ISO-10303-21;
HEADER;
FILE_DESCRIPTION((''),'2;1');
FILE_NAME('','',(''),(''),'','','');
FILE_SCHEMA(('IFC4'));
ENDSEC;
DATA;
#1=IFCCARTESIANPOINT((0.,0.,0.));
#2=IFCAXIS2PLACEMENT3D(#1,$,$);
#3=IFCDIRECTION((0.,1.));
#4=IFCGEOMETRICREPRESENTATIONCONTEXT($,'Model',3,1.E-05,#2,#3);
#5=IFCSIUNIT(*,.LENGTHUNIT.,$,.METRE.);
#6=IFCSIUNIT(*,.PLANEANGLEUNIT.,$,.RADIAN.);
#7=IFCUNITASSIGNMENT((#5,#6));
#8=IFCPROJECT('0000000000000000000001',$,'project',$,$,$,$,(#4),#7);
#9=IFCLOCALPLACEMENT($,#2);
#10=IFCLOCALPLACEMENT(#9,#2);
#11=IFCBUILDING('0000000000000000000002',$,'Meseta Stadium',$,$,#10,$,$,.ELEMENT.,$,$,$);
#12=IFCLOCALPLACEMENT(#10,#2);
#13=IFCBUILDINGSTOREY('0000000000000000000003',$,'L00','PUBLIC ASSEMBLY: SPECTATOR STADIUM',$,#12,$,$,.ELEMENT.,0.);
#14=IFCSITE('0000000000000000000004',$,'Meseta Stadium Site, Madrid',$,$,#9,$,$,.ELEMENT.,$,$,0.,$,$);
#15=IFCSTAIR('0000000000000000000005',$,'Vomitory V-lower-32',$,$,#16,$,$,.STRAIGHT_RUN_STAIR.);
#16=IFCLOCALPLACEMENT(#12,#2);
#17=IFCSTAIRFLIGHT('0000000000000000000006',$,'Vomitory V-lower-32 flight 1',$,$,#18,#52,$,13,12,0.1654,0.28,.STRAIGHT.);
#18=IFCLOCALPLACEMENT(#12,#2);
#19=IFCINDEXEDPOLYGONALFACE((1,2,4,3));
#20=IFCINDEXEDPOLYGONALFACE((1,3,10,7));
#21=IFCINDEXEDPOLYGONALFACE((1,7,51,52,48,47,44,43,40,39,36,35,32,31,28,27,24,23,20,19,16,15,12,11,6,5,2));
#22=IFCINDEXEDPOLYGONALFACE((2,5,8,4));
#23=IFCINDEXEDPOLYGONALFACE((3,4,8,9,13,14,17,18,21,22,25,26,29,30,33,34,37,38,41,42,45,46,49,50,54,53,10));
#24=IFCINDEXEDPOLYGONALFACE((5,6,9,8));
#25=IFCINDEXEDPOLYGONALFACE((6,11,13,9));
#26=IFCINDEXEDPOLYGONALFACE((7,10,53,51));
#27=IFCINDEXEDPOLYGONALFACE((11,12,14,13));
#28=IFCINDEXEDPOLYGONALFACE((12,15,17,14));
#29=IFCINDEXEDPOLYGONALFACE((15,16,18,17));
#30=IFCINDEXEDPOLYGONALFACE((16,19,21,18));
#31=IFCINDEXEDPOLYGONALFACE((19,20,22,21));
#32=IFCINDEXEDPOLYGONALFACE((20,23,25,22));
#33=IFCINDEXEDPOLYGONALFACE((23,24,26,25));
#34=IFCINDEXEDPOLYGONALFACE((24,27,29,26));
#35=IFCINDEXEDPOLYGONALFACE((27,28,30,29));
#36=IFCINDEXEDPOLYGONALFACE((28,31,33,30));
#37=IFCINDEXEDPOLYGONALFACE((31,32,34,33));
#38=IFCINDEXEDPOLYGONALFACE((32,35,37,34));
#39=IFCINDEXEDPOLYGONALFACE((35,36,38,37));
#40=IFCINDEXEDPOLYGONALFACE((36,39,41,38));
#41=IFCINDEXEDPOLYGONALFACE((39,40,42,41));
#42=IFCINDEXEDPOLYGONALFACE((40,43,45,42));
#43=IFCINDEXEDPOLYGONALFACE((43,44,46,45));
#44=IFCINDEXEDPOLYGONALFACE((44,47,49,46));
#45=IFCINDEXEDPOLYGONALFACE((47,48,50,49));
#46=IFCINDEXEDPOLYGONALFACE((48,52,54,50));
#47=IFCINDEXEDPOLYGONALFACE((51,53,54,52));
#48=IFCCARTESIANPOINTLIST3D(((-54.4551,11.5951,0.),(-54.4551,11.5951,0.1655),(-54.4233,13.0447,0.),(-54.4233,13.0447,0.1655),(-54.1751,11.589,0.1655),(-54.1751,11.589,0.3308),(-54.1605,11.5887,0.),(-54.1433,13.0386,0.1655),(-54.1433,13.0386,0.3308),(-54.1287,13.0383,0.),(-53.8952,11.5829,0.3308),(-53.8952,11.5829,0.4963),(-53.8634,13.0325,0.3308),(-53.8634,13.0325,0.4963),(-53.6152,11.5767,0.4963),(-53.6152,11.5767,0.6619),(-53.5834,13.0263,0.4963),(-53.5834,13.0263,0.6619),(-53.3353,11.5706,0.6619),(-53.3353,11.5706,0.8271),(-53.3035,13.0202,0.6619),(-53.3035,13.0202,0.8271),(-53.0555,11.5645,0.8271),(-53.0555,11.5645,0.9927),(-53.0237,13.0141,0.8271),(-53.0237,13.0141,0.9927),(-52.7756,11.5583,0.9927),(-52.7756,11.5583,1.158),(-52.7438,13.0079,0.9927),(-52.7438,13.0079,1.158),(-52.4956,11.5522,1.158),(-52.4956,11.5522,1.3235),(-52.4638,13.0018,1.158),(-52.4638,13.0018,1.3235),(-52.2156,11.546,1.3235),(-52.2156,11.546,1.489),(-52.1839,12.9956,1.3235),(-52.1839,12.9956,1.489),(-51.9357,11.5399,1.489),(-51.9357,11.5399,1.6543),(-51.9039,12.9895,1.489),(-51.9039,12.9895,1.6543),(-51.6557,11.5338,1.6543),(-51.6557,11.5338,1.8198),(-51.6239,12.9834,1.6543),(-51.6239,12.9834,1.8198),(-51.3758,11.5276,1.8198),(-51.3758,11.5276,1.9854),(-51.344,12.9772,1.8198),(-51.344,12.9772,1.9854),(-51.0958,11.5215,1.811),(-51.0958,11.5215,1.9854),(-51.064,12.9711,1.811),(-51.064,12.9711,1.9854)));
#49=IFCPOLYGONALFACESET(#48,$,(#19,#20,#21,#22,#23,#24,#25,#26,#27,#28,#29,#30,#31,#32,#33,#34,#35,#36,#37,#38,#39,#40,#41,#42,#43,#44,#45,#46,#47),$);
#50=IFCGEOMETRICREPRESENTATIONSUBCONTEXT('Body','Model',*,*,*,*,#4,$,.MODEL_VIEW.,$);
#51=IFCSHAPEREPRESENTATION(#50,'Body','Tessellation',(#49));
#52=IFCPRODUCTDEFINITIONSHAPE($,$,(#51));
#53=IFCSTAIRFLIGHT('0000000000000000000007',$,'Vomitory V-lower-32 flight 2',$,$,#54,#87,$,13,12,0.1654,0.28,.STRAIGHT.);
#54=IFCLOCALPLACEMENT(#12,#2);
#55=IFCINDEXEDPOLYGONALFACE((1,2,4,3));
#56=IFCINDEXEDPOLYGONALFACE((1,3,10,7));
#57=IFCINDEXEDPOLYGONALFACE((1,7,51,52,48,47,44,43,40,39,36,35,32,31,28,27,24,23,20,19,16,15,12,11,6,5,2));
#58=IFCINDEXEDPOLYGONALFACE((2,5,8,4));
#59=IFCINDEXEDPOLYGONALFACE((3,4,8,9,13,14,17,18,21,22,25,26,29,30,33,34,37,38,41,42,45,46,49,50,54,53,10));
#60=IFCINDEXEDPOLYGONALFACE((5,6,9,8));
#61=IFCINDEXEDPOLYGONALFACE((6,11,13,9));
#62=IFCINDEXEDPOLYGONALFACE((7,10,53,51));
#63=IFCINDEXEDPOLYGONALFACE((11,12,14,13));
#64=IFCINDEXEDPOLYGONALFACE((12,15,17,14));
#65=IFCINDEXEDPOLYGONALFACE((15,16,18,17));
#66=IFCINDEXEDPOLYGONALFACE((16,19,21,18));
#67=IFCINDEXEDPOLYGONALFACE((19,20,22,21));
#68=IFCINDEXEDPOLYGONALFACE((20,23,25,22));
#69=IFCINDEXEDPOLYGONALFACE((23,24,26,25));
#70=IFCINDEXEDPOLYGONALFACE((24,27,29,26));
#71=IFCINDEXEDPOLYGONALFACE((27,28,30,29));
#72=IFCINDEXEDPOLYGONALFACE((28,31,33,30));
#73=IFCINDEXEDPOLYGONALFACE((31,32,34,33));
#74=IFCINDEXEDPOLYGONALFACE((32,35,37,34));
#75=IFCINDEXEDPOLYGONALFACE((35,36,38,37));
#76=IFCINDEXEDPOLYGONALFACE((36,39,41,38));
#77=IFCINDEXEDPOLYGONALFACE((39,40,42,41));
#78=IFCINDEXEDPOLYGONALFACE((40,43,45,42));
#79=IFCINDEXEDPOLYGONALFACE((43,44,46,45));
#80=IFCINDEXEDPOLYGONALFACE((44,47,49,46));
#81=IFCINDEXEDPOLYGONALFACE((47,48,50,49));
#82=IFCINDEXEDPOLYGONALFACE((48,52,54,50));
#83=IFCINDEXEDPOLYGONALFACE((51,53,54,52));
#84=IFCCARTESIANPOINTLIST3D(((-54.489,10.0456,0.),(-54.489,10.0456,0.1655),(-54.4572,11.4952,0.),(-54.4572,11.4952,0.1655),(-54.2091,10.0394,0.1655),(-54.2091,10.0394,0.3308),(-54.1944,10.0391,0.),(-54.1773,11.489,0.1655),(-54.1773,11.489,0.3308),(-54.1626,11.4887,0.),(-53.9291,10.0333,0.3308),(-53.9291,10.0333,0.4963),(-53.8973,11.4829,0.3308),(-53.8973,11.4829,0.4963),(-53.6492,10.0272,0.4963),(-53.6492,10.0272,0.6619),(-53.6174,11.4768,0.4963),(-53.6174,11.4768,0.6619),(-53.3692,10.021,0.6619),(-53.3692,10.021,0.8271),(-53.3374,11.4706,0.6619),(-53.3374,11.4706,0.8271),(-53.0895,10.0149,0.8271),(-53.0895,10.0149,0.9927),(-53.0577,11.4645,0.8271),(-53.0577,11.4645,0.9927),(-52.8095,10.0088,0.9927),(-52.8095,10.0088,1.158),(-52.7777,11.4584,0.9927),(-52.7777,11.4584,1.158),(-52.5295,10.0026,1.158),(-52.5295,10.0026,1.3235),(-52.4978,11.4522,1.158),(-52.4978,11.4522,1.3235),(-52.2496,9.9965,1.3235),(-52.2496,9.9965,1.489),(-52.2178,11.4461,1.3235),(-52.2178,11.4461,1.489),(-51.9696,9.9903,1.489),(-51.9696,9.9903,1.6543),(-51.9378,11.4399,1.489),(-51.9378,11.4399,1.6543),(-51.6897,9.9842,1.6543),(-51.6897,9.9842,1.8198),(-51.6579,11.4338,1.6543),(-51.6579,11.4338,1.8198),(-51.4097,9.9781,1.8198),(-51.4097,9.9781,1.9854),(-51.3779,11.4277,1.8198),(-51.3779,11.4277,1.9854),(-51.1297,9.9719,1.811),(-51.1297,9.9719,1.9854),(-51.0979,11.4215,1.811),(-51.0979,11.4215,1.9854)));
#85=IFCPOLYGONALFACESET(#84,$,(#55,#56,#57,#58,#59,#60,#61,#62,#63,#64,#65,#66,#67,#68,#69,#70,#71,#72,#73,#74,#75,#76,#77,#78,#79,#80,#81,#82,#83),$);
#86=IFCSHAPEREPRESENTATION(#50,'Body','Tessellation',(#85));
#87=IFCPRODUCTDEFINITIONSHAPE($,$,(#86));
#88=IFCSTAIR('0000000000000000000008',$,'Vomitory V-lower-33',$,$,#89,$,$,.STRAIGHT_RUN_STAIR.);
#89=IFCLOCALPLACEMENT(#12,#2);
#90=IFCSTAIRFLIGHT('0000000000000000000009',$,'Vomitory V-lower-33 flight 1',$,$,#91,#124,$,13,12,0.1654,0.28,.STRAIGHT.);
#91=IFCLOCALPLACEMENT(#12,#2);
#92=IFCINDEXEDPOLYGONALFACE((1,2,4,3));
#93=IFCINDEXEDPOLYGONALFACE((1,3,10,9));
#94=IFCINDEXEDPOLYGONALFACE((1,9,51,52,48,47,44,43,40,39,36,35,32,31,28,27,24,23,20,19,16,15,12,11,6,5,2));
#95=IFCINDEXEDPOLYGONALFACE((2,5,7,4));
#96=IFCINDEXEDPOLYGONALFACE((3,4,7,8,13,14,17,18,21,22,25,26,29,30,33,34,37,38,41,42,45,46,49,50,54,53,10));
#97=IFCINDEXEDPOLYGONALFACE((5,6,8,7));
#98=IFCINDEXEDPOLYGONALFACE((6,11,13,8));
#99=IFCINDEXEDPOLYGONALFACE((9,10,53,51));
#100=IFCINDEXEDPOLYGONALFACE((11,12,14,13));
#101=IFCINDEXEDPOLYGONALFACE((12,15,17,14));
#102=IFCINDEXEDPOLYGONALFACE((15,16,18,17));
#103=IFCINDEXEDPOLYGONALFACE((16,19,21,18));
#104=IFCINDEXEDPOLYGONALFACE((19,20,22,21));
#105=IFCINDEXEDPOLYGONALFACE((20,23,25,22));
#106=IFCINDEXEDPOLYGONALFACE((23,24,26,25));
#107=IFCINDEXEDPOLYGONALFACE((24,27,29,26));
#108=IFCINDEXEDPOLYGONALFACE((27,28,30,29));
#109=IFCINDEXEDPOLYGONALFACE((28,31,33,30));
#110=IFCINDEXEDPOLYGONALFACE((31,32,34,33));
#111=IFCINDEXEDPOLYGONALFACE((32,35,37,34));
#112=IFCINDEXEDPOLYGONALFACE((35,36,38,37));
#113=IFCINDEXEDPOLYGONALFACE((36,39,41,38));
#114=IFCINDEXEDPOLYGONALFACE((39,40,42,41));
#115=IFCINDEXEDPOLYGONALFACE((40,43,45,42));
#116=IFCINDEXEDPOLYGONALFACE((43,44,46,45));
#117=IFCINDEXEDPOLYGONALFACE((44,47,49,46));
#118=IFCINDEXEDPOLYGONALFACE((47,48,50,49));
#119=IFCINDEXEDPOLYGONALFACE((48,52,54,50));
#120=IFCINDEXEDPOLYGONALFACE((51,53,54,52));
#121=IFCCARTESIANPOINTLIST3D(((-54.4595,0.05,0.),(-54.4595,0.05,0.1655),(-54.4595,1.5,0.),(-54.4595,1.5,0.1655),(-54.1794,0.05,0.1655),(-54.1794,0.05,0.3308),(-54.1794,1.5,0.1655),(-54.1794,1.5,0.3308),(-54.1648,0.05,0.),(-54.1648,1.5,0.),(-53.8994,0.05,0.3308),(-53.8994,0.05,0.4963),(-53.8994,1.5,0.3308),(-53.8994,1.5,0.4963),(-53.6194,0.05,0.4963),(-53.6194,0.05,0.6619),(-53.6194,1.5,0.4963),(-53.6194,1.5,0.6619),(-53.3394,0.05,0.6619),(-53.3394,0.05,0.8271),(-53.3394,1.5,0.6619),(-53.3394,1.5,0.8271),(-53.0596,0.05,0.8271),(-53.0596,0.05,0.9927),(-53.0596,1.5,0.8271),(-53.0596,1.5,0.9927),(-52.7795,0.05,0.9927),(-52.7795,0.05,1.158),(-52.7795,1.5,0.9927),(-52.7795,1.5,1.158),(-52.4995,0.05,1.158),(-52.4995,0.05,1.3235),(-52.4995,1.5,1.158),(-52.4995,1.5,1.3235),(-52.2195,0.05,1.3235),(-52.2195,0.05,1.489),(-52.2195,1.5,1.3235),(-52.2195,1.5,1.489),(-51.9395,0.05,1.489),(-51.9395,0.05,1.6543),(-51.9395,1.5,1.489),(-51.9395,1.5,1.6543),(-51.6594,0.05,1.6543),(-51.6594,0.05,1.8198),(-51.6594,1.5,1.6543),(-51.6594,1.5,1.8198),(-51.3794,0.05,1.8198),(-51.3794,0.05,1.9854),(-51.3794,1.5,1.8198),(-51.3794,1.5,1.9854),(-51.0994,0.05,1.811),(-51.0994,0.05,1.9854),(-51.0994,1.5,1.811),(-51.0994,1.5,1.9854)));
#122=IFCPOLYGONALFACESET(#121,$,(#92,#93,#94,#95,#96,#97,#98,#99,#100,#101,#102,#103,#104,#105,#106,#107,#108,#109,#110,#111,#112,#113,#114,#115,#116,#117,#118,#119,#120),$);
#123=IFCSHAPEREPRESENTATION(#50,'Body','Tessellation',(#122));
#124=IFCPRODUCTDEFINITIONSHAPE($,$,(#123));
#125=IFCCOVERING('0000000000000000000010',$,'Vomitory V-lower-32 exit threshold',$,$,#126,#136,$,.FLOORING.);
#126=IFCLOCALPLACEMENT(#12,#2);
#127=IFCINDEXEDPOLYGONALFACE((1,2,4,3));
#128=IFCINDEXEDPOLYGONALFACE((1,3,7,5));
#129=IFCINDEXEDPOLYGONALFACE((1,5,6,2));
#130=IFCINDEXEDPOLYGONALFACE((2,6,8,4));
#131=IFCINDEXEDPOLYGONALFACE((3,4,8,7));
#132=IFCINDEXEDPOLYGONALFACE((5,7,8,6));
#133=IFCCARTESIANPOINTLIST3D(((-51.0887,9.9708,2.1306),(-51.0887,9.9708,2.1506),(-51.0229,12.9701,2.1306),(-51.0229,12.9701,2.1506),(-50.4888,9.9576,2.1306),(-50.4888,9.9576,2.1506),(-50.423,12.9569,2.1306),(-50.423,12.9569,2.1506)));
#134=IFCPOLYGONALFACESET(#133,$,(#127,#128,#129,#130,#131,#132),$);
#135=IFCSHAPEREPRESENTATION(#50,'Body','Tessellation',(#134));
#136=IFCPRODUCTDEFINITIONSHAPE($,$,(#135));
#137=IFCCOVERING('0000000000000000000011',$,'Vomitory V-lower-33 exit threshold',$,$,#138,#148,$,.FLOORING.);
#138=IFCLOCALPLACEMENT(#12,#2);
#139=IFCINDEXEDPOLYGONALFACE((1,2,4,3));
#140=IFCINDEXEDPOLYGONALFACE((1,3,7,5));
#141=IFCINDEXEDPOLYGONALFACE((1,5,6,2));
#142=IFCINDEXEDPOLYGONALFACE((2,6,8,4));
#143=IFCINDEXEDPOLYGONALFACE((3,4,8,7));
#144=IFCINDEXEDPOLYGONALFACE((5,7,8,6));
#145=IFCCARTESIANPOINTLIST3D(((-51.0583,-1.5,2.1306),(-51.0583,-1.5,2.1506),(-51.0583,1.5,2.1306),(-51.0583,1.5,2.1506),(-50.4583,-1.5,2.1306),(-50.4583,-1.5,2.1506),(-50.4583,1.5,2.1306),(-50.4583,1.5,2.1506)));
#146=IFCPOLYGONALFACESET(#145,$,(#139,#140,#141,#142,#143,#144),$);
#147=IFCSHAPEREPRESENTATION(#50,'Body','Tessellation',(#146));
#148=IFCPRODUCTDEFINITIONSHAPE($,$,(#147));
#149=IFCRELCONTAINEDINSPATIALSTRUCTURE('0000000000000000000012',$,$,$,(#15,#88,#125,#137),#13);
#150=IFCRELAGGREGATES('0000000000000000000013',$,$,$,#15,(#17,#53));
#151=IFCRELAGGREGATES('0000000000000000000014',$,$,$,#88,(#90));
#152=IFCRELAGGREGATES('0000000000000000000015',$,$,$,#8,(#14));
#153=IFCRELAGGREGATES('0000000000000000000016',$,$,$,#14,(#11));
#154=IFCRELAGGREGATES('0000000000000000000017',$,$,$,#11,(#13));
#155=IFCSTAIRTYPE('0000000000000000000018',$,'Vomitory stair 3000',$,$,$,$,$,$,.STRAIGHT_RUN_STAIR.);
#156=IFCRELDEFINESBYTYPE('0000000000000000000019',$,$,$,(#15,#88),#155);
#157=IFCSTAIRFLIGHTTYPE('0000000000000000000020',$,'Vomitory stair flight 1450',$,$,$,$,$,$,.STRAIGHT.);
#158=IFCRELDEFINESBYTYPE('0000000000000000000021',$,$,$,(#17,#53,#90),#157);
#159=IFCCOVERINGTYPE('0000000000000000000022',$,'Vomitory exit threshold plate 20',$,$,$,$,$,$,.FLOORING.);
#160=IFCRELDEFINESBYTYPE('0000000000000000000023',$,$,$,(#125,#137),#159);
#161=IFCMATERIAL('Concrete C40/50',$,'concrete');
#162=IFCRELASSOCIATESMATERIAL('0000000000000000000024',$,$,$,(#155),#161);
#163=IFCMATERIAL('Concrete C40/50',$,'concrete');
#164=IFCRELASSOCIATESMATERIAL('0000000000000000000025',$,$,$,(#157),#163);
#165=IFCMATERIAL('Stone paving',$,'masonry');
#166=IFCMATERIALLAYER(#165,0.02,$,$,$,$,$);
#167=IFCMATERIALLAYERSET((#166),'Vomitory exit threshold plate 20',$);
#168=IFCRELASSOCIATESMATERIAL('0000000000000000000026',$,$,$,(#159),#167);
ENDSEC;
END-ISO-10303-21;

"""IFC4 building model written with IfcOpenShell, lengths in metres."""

from ifc_helpers import new_model, si_unit, direction, frame, origin, origin_2d, place, context, subcontext, project, spatial, polyline, rectangle, outline, extrude, material, layer, layer_set, type_object, element, aggregate, save


model = new_model("IFC4")

# Units and contexts
model_context = context("Model", 3, precision=1e-05, world=origin(), true_north=direction((0.0, 1.0)))
body_context = subcontext(model_context, "Body", "Model", "MODEL_VIEW")
ifc_project = project(units=[si_unit("LENGTHUNIT", "METRE"), si_unit("PLANEANGLEUNIT", "RADIAN")], contexts=[model_context])

# Site, building, storey
site_placement = place(None, origin())
site = spatial("IfcSite", under=ifc_project, at=site_placement, Name="Meseta Stadium Site, Madrid", CompositionType="ELEMENT", RefElevation=0.0)
building_placement = place(site_placement, origin())
building = spatial("IfcBuilding", under=site, at=building_placement, Name="Meseta Stadium", CompositionType="ELEMENT")
storey_placement = place(building_placement, origin())
storey = spatial("IfcBuildingStorey", under=building, at=storey_placement, Name="L00", Description="PUBLIC ASSEMBLY: SPECTATOR STADIUM", CompositionType="ELEMENT", Elevation=0.0)

# Stair, stair flights
ifc_material_1 = material(Name="Concrete C40/50", Category="concrete")
stair_type = type_object("IfcStairType", Name="Vomitory stair 3000", PredefinedType="STRAIGHT_RUN_STAIR", material=ifc_material_1)
stair_1_placement = place(storey_placement, origin())
stair_1 = element("IfcStair", 1, at=stair_1_placement, inside=storey, type_object=stair_type, Name="Vomitory V-lower-32", PredefinedType="STRAIGHT_RUN_STAIR")
ifc_material_2 = material(Name="Concrete C40/50", Category="concrete")
stair_flight_type = type_object("IfcStairFlightType", Name="Vomitory stair flight 1450", PredefinedType="STRAIGHT", material=ifc_material_2)
stair_flight_1_placement = place(storey_placement, frame((-54.4392, 12.3198, 0.0), z_axis=(0.0, 0.0, 1.0), x_axis=(0.99976, -0.021925, 0.0)))
stair_flight_1 = element("IfcStairFlight", 2, at=stair_flight_1_placement, type_object=stair_flight_type, Name="Vomitory V-lower-32 flight 1", NumberOfRisers=13, NumberOfTreads=12, PredefinedType="STRAIGHT", RiserHeight=0.1654, TreadLength=0.28, context=body_context, shape_type="SweptSolid", body=[
    extrude(outline(polyline([(0.0, 0.0), (0.0, 0.1655), (0.28, 0.1655), (0.28, 0.3308), (0.5601, 0.3308), (0.5601, 0.4963), (0.8401, 0.4963), (0.8401, 0.6619), (1.1201, 0.6619), (1.1201, 0.8271), (1.3999, 0.8271), (1.3999, 0.9927), (1.6799, 0.9927), (1.6799, 1.158), (1.96, 1.158), (1.96, 1.3235), (2.24, 1.3235), (2.24, 1.489), (2.52, 1.489), (2.52, 1.6543), (2.8, 1.6543), (2.8, 1.8198), (3.0801, 1.8198), (3.0801, 1.9854), (3.3601, 1.9854), (3.3601, 1.811), (0.2947, 0.0), (0.0, 0.0)])), frame((0.0, 0.7251, 0.0), z_axis=(0.0, -1.0, 0.0), x_axis=(1.0, 0.0, 0.0)), (0.0, 0.0, 1.0), 1.45),
])
stair_flight_2_placement = place(storey_placement, frame((-54.4731, 10.7703, 0.0), z_axis=(0.0, 0.0, 1.0), x_axis=(0.99976, -0.021925, 0.0)))
stair_flight_2 = element("IfcStairFlight", 3, at=stair_flight_2_placement, type_object=stair_flight_type, Name="Vomitory V-lower-32 flight 2", NumberOfRisers=13, NumberOfTreads=12, PredefinedType="STRAIGHT", RiserHeight=0.1654, TreadLength=0.28, context=body_context, shape_type="SweptSolid", body=[
    extrude(outline(polyline([(0.0, 0.0), (0.0, 0.1655), (0.28, 0.1655), (0.28, 0.3308), (0.5601, 0.3308), (0.5601, 0.4963), (0.8401, 0.4963), (0.8401, 0.6619), (1.1201, 0.6619), (1.1201, 0.8271), (1.3999, 0.8271), (1.3999, 0.9927), (1.6799, 0.9927), (1.6799, 1.158), (1.96, 1.158), (1.96, 1.3235), (2.24, 1.3235), (2.24, 1.489), (2.52, 1.489), (2.52, 1.6543), (2.8, 1.6543), (2.8, 1.8198), (3.0801, 1.8198), (3.0801, 1.9854), (3.3601, 1.9854), (3.3601, 1.811), (0.2947, 0.0), (0.0, 0.0)])), frame((0.0, 0.7251, 0.0), z_axis=(0.0, -1.0, 0.0), x_axis=(1.0, 0.0, 0.0)), (0.0, 0.0, 1.0), 1.45),
])
aggregate(stair_1, [stair_flight_1, stair_flight_2])

# Stair, stair flight
stair_2_placement = place(storey_placement, origin())
stair_2 = element("IfcStair", 4, at=stair_2_placement, inside=storey, type_object=stair_type, Name="Vomitory V-lower-33", PredefinedType="STRAIGHT_RUN_STAIR")
stair_flight_3_placement = place(storey_placement, frame((-54.4595, 0.7749, 0.0), z_axis=(0.0, 0.0, 1.0), x_axis=(1.0, 0.0, 0.0)))
stair_flight_3 = element("IfcStairFlight", 5, at=stair_flight_3_placement, type_object=stair_flight_type, Name="Vomitory V-lower-33 flight 1", NumberOfRisers=13, NumberOfTreads=12, PredefinedType="STRAIGHT", RiserHeight=0.1654, TreadLength=0.28, context=body_context, shape_type="SweptSolid", body=[
    extrude(outline(polyline([(0.0, 0.0), (0.0, 0.1655), (0.28, 0.1655), (0.28, 0.3308), (0.5601, 0.3308), (0.5601, 0.4963), (0.8401, 0.4963), (0.8401, 0.6619), (1.1201, 0.6619), (1.1201, 0.8271), (1.3999, 0.8271), (1.3999, 0.9927), (1.6799, 0.9927), (1.6799, 1.158), (1.96, 1.158), (1.96, 1.3235), (2.24, 1.3235), (2.24, 1.489), (2.52, 1.489), (2.52, 1.6543), (2.8, 1.6543), (2.8, 1.8198), (3.0801, 1.8198), (3.0801, 1.9854), (3.3601, 1.9854), (3.3601, 1.811), (0.2947, 0.0), (0.0, 0.0)])), frame((0.0, 0.7251, 0.0), z_axis=(0.0, -1.0, 0.0), x_axis=(1.0, 0.0, 0.0)), (0.0, 0.0, 1.0), 1.45),
])
aggregate(stair_2, [stair_flight_3])

# Coverings
ifc_material_3 = material(Name="Stone paving", Category="masonry")
ifc_layer_1 = layer(ifc_material_3, 0.02)
ifc_layer_set_1 = layer_set([ifc_layer_1], Name="Vomitory exit threshold plate 20")
covering_type = type_object("IfcCoveringType", Name="Vomitory exit threshold plate 20", PredefinedType="FLOORING", material=ifc_layer_set_1)
for number, where, z_axis, x_axis, name in (
    (6, (-50.7559, 11.4639, 2.1306), (0.0, 0.0, 1.0), (0.99976, -0.021925, 0.0), "Vomitory V-lower-32 exit threshold"),
    (7, (-50.7583, 0.0, 2.1306), (0.0, 0.0, 1.0), (1.0, 0.0, 0.0), "Vomitory V-lower-33 exit threshold"),
):
    element("IfcCovering", number, at=place(storey_placement, frame(where, z_axis=z_axis, x_axis=x_axis)), inside=storey, type_object=covering_type, Name=name, PredefinedType="FLOORING", context=body_context, shape_type="SweptSolid", body=[
        extrude(rectangle(XDim=0.6001, YDim=3.0, at=origin_2d()), origin(), (0.0, 0.0, 1.0), 0.02),
    ])

save(model, "model.ifc")
